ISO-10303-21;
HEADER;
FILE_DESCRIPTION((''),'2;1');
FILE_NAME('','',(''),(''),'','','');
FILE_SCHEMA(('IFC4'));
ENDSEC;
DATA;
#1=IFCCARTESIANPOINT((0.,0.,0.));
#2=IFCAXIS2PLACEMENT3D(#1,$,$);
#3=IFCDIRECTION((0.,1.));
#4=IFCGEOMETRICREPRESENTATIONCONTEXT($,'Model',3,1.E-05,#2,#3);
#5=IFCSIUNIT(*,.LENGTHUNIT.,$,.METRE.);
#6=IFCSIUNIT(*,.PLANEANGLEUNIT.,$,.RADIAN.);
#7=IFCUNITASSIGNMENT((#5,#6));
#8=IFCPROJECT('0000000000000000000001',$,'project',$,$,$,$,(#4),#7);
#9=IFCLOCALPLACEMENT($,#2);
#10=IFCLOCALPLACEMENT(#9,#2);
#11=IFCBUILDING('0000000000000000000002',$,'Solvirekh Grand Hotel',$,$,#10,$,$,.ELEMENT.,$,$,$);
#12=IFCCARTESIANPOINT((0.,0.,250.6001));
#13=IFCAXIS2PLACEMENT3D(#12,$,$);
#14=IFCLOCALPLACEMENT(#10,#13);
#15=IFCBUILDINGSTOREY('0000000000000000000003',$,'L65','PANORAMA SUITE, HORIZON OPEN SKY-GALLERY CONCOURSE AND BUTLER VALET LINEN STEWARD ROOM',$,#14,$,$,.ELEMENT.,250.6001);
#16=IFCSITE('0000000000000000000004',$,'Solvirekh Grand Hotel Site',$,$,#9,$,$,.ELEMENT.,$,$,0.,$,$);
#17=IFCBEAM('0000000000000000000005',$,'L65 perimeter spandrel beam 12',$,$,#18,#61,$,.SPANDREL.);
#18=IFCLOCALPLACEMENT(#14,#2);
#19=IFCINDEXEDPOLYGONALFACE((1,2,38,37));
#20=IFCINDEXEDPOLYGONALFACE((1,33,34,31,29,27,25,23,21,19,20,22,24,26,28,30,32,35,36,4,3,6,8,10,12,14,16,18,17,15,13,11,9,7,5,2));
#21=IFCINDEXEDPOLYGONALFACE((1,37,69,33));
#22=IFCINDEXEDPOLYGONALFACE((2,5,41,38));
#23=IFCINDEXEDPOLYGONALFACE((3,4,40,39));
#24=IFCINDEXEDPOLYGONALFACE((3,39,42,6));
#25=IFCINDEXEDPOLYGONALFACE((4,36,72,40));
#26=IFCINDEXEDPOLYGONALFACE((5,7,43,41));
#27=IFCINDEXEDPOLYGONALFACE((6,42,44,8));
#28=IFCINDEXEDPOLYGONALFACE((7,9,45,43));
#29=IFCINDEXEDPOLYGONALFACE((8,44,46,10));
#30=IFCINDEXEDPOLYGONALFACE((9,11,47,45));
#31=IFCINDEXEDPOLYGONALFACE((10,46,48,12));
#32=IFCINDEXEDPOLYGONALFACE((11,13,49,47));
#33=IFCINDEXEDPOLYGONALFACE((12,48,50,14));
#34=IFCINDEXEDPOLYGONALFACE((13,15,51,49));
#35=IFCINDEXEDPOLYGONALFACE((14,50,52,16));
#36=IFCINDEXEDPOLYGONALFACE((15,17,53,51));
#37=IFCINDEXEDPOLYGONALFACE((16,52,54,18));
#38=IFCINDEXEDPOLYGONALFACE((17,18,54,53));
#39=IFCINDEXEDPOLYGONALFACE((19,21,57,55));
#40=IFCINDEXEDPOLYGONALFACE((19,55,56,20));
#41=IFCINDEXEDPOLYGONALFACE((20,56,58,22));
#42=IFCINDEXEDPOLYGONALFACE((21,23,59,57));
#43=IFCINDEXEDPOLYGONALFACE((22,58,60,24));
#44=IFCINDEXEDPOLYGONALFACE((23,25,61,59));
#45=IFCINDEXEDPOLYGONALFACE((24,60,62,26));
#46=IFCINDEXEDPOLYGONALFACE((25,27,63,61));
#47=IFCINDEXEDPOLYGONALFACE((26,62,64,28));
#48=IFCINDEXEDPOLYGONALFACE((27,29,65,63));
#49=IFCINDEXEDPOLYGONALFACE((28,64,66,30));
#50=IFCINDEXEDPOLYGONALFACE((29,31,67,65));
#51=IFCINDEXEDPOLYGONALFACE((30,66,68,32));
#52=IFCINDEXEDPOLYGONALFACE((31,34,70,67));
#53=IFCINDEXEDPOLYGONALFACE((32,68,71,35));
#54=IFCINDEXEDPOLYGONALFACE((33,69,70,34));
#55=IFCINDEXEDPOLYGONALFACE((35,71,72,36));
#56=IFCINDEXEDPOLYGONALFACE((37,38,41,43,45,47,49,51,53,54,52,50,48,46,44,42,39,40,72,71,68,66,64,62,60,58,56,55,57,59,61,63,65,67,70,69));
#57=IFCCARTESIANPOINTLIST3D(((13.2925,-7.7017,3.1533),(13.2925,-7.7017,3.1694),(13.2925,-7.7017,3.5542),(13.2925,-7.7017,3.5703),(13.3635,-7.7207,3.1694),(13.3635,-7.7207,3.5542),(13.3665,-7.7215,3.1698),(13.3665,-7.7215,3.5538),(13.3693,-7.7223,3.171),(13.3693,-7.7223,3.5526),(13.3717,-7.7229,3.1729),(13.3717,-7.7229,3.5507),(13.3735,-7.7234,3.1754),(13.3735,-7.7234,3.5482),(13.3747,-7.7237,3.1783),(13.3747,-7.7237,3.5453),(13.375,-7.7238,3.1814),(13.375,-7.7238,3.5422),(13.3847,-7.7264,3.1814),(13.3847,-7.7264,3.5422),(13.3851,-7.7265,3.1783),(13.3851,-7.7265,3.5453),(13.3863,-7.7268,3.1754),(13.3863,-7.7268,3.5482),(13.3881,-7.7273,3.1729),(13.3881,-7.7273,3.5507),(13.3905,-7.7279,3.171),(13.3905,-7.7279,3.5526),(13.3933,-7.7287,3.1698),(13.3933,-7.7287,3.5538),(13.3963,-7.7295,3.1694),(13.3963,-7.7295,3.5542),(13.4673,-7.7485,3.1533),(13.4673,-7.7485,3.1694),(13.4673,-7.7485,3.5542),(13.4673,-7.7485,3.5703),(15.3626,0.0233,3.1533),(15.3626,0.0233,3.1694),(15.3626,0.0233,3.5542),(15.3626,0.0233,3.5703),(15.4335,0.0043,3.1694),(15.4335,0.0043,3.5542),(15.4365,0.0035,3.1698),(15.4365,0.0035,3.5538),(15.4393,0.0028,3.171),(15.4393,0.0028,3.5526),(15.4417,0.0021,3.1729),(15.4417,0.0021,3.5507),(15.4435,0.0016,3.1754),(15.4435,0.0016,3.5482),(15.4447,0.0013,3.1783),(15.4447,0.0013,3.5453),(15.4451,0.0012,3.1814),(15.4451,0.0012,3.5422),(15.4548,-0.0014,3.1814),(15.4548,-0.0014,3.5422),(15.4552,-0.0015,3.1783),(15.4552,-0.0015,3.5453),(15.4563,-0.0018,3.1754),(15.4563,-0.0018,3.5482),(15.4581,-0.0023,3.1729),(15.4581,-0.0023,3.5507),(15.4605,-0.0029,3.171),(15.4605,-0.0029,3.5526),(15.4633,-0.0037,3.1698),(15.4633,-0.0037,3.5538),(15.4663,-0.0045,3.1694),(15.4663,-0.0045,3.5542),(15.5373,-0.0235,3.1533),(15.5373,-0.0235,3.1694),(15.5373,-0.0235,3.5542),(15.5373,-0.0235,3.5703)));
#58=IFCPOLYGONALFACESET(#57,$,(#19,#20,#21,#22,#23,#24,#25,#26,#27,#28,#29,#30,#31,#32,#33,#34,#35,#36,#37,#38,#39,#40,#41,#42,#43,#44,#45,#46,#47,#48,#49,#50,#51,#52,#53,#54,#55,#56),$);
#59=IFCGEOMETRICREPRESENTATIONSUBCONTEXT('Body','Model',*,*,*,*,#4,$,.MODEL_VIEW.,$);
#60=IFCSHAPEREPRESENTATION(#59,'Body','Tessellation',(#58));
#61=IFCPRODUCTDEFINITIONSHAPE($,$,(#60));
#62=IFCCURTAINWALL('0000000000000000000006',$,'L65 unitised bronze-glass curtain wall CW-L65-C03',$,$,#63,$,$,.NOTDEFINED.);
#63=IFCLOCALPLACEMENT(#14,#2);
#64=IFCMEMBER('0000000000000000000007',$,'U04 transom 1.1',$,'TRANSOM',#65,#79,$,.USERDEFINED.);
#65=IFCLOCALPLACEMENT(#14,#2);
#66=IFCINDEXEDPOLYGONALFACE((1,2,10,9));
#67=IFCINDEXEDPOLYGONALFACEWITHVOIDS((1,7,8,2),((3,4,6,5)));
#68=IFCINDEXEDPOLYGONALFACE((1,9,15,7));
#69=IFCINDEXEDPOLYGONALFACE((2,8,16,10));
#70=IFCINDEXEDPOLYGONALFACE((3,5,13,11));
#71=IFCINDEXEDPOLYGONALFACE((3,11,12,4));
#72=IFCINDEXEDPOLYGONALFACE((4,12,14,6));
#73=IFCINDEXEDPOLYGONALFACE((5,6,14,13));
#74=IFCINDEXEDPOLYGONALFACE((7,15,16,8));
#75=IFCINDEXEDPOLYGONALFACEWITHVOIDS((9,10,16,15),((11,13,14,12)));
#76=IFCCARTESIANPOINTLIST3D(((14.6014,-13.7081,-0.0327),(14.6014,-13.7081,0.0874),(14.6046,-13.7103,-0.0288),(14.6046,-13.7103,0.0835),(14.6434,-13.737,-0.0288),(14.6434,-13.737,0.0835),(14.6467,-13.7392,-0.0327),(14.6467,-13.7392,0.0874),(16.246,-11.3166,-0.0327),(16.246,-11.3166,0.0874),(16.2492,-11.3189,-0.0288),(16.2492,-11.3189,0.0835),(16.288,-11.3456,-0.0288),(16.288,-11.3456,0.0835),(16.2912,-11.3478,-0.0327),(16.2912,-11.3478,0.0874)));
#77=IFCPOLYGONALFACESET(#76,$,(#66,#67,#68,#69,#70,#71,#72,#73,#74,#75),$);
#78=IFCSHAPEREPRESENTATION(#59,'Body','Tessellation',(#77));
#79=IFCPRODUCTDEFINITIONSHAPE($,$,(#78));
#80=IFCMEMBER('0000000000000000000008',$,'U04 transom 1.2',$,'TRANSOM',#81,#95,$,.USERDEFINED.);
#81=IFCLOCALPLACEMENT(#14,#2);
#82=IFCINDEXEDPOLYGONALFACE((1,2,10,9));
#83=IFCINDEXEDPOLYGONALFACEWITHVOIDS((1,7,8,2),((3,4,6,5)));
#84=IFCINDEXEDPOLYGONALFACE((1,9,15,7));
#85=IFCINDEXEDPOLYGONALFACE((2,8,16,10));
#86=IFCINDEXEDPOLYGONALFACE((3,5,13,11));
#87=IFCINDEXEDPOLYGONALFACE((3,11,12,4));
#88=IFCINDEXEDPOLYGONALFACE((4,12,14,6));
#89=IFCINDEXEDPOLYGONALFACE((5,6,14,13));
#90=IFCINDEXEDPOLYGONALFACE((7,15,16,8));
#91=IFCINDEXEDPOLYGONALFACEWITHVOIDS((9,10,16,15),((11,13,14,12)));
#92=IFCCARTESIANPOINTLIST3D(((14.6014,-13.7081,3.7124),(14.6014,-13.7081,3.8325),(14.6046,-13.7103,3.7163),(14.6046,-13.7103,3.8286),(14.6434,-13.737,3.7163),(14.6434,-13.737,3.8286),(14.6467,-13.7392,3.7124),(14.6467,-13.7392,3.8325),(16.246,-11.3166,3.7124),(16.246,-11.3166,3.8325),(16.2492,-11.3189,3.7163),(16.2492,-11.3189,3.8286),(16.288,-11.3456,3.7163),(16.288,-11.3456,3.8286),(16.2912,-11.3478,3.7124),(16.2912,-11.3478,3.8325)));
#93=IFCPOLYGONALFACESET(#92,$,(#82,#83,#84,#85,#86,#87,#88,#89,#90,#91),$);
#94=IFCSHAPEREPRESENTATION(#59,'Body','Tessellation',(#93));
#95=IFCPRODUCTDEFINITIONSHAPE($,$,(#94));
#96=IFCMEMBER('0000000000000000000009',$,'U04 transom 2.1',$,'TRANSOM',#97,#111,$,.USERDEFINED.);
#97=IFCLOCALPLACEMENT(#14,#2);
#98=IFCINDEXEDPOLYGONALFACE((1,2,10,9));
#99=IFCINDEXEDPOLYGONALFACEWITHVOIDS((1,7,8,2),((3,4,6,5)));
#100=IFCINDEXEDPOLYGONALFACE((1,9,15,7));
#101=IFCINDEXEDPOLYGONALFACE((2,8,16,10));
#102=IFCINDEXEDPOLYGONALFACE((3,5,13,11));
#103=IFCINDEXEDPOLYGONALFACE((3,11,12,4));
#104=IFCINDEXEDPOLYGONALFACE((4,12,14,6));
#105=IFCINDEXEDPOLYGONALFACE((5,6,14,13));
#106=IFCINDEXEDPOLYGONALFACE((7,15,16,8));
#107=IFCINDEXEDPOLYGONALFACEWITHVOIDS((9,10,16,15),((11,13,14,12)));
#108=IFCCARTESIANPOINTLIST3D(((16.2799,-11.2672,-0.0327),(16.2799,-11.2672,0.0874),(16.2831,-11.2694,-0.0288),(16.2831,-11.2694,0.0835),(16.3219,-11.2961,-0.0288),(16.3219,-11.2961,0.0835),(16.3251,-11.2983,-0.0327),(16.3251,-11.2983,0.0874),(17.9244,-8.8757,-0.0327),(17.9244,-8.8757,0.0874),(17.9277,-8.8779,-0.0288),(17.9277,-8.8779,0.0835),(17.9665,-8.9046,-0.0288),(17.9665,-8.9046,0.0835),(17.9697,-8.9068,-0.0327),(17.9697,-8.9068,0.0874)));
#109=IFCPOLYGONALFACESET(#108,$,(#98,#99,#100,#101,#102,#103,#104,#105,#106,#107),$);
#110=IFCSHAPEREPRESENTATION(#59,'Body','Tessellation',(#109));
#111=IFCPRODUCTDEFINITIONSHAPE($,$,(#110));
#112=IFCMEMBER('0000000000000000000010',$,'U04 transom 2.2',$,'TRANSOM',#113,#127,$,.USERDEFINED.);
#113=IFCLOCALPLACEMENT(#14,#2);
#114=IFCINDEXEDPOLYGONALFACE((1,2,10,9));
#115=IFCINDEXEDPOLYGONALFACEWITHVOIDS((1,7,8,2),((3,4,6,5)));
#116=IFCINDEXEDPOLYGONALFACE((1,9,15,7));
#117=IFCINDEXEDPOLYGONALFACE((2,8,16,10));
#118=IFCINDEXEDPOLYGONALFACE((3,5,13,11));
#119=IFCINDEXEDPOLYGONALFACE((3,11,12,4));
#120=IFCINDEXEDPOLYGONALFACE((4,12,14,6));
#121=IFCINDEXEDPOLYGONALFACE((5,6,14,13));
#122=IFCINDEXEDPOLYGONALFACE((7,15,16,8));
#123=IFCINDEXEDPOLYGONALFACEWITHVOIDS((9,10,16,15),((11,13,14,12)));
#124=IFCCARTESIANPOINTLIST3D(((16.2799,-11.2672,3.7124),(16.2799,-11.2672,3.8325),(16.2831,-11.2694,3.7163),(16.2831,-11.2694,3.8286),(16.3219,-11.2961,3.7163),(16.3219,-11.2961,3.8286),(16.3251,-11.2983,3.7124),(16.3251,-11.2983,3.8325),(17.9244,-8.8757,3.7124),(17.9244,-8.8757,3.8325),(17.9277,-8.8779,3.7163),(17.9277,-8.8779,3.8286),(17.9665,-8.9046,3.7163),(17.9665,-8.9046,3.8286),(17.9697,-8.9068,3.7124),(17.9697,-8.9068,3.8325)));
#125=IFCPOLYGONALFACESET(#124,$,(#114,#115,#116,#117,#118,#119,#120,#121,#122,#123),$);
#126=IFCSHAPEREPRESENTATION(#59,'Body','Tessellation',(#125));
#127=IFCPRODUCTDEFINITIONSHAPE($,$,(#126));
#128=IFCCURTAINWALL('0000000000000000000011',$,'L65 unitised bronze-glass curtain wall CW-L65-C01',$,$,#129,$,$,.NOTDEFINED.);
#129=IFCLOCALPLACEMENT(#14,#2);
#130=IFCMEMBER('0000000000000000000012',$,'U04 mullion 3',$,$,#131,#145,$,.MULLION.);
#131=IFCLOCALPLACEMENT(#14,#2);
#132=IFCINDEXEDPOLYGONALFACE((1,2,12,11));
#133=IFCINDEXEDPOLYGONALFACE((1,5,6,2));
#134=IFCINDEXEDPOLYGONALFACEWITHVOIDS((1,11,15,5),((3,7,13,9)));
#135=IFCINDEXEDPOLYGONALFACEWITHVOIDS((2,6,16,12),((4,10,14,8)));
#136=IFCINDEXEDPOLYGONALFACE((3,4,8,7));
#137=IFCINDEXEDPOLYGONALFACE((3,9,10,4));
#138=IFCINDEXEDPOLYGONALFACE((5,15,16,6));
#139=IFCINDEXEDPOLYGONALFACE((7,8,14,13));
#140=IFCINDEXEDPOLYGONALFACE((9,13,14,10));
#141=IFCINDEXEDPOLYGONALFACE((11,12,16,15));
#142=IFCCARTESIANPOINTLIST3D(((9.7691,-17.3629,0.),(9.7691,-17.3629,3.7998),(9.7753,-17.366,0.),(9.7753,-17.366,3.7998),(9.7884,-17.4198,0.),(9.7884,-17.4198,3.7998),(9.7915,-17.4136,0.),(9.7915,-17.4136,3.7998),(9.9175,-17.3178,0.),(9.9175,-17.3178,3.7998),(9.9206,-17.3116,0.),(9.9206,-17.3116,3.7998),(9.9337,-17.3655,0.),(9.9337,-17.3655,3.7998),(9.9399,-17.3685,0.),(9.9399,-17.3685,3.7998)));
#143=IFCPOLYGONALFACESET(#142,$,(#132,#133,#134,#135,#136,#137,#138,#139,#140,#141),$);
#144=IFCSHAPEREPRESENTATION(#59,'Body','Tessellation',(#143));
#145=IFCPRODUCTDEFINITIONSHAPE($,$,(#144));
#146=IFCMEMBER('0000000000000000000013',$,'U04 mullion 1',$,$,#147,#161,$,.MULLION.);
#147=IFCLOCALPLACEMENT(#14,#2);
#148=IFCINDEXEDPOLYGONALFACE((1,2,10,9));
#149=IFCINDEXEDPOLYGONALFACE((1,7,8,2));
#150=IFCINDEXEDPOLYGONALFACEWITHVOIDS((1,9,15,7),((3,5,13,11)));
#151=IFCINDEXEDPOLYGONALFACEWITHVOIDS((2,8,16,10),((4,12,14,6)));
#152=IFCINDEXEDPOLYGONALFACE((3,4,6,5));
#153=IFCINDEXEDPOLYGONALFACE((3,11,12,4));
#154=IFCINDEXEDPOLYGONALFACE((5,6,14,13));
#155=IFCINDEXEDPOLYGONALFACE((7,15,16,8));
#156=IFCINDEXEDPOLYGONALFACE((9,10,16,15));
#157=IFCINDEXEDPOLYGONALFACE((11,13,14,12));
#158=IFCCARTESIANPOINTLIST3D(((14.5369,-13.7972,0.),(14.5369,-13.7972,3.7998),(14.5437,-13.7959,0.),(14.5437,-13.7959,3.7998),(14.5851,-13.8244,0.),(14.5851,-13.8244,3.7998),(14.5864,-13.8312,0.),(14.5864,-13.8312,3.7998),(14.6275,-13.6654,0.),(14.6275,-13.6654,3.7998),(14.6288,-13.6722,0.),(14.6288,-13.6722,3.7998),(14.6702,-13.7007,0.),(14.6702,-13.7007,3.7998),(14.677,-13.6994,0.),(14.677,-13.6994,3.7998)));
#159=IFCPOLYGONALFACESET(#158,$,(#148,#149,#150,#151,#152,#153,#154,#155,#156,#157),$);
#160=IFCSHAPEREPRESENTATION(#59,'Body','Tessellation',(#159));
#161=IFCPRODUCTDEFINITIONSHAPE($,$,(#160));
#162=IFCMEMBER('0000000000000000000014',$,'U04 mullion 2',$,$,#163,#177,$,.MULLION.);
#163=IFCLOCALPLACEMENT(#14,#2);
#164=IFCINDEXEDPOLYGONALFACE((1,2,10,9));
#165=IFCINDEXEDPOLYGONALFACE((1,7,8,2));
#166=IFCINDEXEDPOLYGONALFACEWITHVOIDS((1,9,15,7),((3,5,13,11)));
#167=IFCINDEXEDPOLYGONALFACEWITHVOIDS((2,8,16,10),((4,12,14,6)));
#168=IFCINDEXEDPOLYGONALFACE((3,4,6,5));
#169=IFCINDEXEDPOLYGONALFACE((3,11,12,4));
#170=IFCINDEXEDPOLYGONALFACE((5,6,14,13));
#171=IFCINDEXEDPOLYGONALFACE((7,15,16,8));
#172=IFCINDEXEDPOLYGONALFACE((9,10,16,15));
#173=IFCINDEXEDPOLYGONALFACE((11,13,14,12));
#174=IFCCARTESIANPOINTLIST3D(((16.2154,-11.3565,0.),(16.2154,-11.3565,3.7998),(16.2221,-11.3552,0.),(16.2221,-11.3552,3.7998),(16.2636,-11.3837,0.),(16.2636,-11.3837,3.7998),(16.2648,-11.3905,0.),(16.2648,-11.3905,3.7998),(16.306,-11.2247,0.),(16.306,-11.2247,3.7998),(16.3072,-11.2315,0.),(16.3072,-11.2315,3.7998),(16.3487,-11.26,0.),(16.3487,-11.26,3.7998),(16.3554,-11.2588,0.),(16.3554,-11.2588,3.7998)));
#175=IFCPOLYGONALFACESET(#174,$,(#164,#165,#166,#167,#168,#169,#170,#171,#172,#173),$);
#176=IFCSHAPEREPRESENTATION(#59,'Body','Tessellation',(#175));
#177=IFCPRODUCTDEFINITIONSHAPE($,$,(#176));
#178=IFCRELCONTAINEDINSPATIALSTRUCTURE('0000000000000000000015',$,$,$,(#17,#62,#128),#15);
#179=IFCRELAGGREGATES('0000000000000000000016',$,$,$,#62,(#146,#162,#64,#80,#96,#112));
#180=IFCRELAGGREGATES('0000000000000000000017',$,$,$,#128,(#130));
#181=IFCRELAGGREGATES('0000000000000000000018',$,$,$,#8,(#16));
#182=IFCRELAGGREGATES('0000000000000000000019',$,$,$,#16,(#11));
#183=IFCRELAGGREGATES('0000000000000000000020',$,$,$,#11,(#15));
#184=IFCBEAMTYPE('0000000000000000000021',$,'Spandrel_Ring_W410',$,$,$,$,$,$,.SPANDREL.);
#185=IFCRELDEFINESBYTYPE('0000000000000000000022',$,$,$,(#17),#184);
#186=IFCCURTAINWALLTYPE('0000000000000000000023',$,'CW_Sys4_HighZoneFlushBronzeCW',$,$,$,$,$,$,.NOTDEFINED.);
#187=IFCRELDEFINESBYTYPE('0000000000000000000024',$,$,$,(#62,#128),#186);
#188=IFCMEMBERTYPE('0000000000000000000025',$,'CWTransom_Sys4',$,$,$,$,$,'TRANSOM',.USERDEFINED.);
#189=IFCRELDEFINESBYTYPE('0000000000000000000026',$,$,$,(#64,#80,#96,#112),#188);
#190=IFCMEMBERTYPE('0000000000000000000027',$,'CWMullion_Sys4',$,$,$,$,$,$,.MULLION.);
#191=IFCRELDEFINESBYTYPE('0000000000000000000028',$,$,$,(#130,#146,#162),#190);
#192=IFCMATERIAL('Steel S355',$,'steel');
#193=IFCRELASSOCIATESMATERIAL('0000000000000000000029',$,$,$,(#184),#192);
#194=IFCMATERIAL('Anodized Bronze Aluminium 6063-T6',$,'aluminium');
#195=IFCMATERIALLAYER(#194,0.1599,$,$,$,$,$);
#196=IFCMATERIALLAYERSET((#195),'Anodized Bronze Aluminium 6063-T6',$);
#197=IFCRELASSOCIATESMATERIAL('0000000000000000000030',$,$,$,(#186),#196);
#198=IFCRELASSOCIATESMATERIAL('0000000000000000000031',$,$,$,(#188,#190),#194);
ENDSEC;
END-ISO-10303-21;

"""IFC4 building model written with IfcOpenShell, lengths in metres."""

from ifc_helpers import new_model, si_unit, direction, frame, origin, origin_2d, place, context, subcontext, project, spatial, hollow_rectangle, i_section, extrude, source, transform, mapped, material, layer, layer_set, material_profile, profile_set, type_object, element, aggregate, save


model = new_model("IFC4")

# Units and contexts
model_context = context("Model", 3, precision=1e-05, world=origin(), true_north=direction((0.0, 1.0)))
body_context = subcontext(model_context, "Body", "Model", "MODEL_VIEW")
ifc_project = project(units=[si_unit("LENGTHUNIT", "METRE"), si_unit("PLANEANGLEUNIT", "RADIAN")], contexts=[model_context])

# Site, building, storey
site_placement = place(None, origin())
site = spatial("IfcSite", under=ifc_project, at=site_placement, Name="Solvirekh Grand Hotel Site", CompositionType="ELEMENT", RefElevation=0.0)
building_placement = place(site_placement, origin())
building = spatial("IfcBuilding", under=site, at=building_placement, Name="Solvirekh Grand Hotel", CompositionType="ELEMENT")
storey_placement = place(building_placement, frame((0.0, 0.0, 250.6001)))
storey = spatial("IfcBuildingStorey", under=building, at=storey_placement, Name="L65", Description="PANORAMA SUITE, HORIZON OPEN SKY-GALLERY CONCOURSE AND BUTLER VALET LINEN STEWARD ROOM", CompositionType="ELEMENT", Elevation=250.6001)

# Beam
ifc_material_1 = material(Name="Steel S355", Category="steel")
ifc_material_profile_1 = material_profile(ifc_material_1, i_section(OverallWidth=0.1809, OverallDepth=0.417, WebThickness=0.01, FlangeThickness=0.0161, FilletRadius=0.012, at=origin_2d()), Name="W410X85")
ifc_profile_set_1 = profile_set([ifc_material_profile_1], Name="Steel S355")
beam_type_1 = type_object("IfcBeamType", Name="Spandrel_Ring_W410", PredefinedType="SPANDREL", material=ifc_profile_set_1)
beam_1_placement = place(storey_placement, frame((13.3799, -7.7251, 3.3618), z_axis=(0.258835, 0.965922, 0.0), x_axis=(-0.965922, 0.258835, 0.0)))
element("IfcBeam", 1, at=beam_1_placement, inside=storey, type_object=beam_type_1, Name="L65 perimeter spandrel beam 12", PredefinedType="SPANDREL", context=body_context, shape_type="SweptSolid", body=[
    extrude(i_section(OverallWidth=0.1809, OverallDepth=0.417, WebThickness=0.01, FlangeThickness=0.0161, FilletRadius=0.012, at=origin_2d()), origin(), (0.0, 0.0, 1.0), 7.9976),
])

# Curtain wall, members
ifc_material_2 = material(Name="Anodized Bronze Aluminium 6063-T6", Category="aluminium")
ifc_layer_1 = layer(ifc_material_2, 0.1599)
ifc_layer_set_1 = layer_set([ifc_layer_1], Name="Anodized Bronze Aluminium 6063-T6")
curtain_wall_type = type_object("IfcCurtainWallType", Name="CW_Sys4_HighZoneFlushBronzeCW", PredefinedType="NOTDEFINED", material=ifc_layer_set_1)
curtain_wall_1_placement = place(storey_placement, origin())
curtain_wall_1 = element("IfcCurtainWall", 2, at=curtain_wall_1_placement, inside=storey, type_object=curtain_wall_type, Name="L65 unitised bronze-glass curtain wall CW-L65-C03", PredefinedType="NOTDEFINED")
ifc_material_profile_2 = material_profile(ifc_material_2, hollow_rectangle(XDim=0.0549, YDim=0.1201, WallThickness=0.0039, at=origin_2d()), Name="ALU RHS 120X55X4")
ifc_profile_set_2 = profile_set([ifc_material_profile_2], Name="Anodized Bronze Aluminium 6063-T6")
member_type_1 = type_object("IfcMemberType", Name="CWTransom_Sys4", ElementType="TRANSOM", PredefinedType="USERDEFINED", material=ifc_profile_set_2)
shared_shape_1 = source(origin(), body_context, "Body", "SweptSolid", [
    extrude(hollow_rectangle(XDim=0.0549, YDim=0.1201, WallThickness=0.0039, at=origin_2d()), origin(), (0.0, 0.0, 1.0), 2.9023),
])
member_1_placement = place(storey_placement, frame((14.624, -13.7236, 0.0273), z_axis=(0.566639, 0.823966, 0.0), x_axis=(-0.823966, 0.566639, 0.0)))
member_1 = element("IfcMember", 3, at=member_1_placement, type_object=member_type_1, Name="U04 transom 1.1", ObjectType="TRANSOM", PredefinedType="USERDEFINED", context=body_context, shape_type="MappedRepresentation", body=[
    mapped(shared_shape_1, transform((0.0, 0.0, 0.0), x_axis=(1.0, 0.0, 0.0), y_axis=(0.0, 1.0, 0.0), z_axis=(0.0, 0.0, 1.0), scale=1.0)),
])
member_2_placement = place(storey_placement, frame((14.624, -13.7236, 3.7725), z_axis=(0.566639, 0.823966, 0.0), x_axis=(-0.823966, 0.566639, 0.0)))
member_2 = element("IfcMember", 4, at=member_2_placement, type_object=member_type_1, Name="U04 transom 1.2", ObjectType="TRANSOM", PredefinedType="USERDEFINED", context=body_context, shape_type="MappedRepresentation", body=[
    mapped(shared_shape_1, transform((0.0, 0.0, 0.0), x_axis=(1.0, 0.0, 0.0), y_axis=(0.0, 1.0, 0.0), z_axis=(0.0, 0.0, 1.0), scale=1.0)),
])
member_3_placement = place(storey_placement, frame((16.3025, -11.2827, 0.0273), z_axis=(0.566639, 0.823966, 0.0), x_axis=(-0.823966, 0.566639, 0.0)))
member_3 = element("IfcMember", 5, at=member_3_placement, type_object=member_type_1, Name="U04 transom 2.1", ObjectType="TRANSOM", PredefinedType="USERDEFINED", context=body_context, shape_type="MappedRepresentation", body=[
    mapped(shared_shape_1, transform((0.0, 0.0, 0.0), x_axis=(1.0, 0.0, 0.0), y_axis=(0.0, 1.0, 0.0), z_axis=(0.0, 0.0, 1.0), scale=1.0)),
])
member_4_placement = place(storey_placement, frame((16.3025, -11.2827, 3.7725), z_axis=(0.566639, 0.823966, 0.0), x_axis=(-0.823966, 0.566639, 0.0)))
member_4 = element("IfcMember", 6, at=member_4_placement, type_object=member_type_1, Name="U04 transom 2.2", ObjectType="TRANSOM", PredefinedType="USERDEFINED", context=body_context, shape_type="MappedRepresentation", body=[
    mapped(shared_shape_1, transform((0.0, 0.0, 0.0), x_axis=(1.0, 0.0, 0.0), y_axis=(0.0, 1.0, 0.0), z_axis=(0.0, 0.0, 1.0), scale=1.0)),
])

# Curtain wall, member
curtain_wall_2_placement = place(storey_placement, origin())
curtain_wall_2 = element("IfcCurtainWall", 7, at=curtain_wall_2_placement, inside=storey, type_object=curtain_wall_type, Name="L65 unitised bronze-glass curtain wall CW-L65-C01", PredefinedType="NOTDEFINED")
ifc_material_profile_3 = material_profile(ifc_material_2, hollow_rectangle(XDim=0.0601, YDim=0.1599, WallThickness=0.0049, at=origin_2d()), Name="ALU RHS 160X60X5")
ifc_profile_set_3 = profile_set([ifc_material_profile_3], Name="Anodized Bronze Aluminium 6063-T6")
member_type_2 = type_object("IfcMemberType", Name="CWMullion_Sys4", PredefinedType="MULLION", material=ifc_profile_set_3)
shared_shape_2 = source(origin(), body_context, "Body", "SweptSolid", [
    extrude(hollow_rectangle(XDim=0.0601, YDim=0.1599, WallThickness=0.0049, at=origin_2d()), origin(), (0.0, 0.0, 1.0), 3.7998),
])
member_5_placement = place(storey_placement, frame((9.8545, -17.3657, 0.0), z_axis=(0.0, 0.0, 1.0), x_axis=(-0.320822, 0.94714, 0.0)))
member_5 = element("IfcMember", 8, at=member_5_placement, type_object=member_type_2, Name="U04 mullion 3", PredefinedType="MULLION", context=body_context, shape_type="MappedRepresentation", body=[
    mapped(shared_shape_2, transform((0.0, 0.0, 0.0), x_axis=(1.0, 0.0, 0.0), y_axis=(0.0, 1.0, 0.0), z_axis=(0.0, 0.0, 1.0), scale=1.0)),
])

# Members
member_6_placement = place(storey_placement, frame((14.6069, -13.7483, 0.0), z_axis=(0.0, 0.0, 1.0), x_axis=(-0.823969, 0.566635, 0.0)))
member_6 = element("IfcMember", 9, at=member_6_placement, type_object=member_type_2, Name="U04 mullion 1", PredefinedType="MULLION", context=body_context, shape_type="MappedRepresentation", body=[
    mapped(shared_shape_2, transform((0.0, 0.0, 0.0), x_axis=(1.0, 0.0, 0.0), y_axis=(0.0, 1.0, 0.0), z_axis=(0.0, 0.0, 1.0), scale=1.0)),
])
member_7_placement = place(storey_placement, frame((16.2854, -11.3076, 0.0), z_axis=(0.0, 0.0, 1.0), x_axis=(-0.823969, 0.566635, 0.0)))
member_7 = element("IfcMember", 10, at=member_7_placement, type_object=member_type_2, Name="U04 mullion 2", PredefinedType="MULLION", context=body_context, shape_type="MappedRepresentation", body=[
    mapped(shared_shape_2, transform((0.0, 0.0, 0.0), x_axis=(1.0, 0.0, 0.0), y_axis=(0.0, 1.0, 0.0), z_axis=(0.0, 0.0, 1.0), scale=1.0)),
])

aggregate(curtain_wall_1, [member_6, member_7, member_1, member_2, member_3, member_4])
aggregate(curtain_wall_2, [member_5])

save(model, "model.ifc")
